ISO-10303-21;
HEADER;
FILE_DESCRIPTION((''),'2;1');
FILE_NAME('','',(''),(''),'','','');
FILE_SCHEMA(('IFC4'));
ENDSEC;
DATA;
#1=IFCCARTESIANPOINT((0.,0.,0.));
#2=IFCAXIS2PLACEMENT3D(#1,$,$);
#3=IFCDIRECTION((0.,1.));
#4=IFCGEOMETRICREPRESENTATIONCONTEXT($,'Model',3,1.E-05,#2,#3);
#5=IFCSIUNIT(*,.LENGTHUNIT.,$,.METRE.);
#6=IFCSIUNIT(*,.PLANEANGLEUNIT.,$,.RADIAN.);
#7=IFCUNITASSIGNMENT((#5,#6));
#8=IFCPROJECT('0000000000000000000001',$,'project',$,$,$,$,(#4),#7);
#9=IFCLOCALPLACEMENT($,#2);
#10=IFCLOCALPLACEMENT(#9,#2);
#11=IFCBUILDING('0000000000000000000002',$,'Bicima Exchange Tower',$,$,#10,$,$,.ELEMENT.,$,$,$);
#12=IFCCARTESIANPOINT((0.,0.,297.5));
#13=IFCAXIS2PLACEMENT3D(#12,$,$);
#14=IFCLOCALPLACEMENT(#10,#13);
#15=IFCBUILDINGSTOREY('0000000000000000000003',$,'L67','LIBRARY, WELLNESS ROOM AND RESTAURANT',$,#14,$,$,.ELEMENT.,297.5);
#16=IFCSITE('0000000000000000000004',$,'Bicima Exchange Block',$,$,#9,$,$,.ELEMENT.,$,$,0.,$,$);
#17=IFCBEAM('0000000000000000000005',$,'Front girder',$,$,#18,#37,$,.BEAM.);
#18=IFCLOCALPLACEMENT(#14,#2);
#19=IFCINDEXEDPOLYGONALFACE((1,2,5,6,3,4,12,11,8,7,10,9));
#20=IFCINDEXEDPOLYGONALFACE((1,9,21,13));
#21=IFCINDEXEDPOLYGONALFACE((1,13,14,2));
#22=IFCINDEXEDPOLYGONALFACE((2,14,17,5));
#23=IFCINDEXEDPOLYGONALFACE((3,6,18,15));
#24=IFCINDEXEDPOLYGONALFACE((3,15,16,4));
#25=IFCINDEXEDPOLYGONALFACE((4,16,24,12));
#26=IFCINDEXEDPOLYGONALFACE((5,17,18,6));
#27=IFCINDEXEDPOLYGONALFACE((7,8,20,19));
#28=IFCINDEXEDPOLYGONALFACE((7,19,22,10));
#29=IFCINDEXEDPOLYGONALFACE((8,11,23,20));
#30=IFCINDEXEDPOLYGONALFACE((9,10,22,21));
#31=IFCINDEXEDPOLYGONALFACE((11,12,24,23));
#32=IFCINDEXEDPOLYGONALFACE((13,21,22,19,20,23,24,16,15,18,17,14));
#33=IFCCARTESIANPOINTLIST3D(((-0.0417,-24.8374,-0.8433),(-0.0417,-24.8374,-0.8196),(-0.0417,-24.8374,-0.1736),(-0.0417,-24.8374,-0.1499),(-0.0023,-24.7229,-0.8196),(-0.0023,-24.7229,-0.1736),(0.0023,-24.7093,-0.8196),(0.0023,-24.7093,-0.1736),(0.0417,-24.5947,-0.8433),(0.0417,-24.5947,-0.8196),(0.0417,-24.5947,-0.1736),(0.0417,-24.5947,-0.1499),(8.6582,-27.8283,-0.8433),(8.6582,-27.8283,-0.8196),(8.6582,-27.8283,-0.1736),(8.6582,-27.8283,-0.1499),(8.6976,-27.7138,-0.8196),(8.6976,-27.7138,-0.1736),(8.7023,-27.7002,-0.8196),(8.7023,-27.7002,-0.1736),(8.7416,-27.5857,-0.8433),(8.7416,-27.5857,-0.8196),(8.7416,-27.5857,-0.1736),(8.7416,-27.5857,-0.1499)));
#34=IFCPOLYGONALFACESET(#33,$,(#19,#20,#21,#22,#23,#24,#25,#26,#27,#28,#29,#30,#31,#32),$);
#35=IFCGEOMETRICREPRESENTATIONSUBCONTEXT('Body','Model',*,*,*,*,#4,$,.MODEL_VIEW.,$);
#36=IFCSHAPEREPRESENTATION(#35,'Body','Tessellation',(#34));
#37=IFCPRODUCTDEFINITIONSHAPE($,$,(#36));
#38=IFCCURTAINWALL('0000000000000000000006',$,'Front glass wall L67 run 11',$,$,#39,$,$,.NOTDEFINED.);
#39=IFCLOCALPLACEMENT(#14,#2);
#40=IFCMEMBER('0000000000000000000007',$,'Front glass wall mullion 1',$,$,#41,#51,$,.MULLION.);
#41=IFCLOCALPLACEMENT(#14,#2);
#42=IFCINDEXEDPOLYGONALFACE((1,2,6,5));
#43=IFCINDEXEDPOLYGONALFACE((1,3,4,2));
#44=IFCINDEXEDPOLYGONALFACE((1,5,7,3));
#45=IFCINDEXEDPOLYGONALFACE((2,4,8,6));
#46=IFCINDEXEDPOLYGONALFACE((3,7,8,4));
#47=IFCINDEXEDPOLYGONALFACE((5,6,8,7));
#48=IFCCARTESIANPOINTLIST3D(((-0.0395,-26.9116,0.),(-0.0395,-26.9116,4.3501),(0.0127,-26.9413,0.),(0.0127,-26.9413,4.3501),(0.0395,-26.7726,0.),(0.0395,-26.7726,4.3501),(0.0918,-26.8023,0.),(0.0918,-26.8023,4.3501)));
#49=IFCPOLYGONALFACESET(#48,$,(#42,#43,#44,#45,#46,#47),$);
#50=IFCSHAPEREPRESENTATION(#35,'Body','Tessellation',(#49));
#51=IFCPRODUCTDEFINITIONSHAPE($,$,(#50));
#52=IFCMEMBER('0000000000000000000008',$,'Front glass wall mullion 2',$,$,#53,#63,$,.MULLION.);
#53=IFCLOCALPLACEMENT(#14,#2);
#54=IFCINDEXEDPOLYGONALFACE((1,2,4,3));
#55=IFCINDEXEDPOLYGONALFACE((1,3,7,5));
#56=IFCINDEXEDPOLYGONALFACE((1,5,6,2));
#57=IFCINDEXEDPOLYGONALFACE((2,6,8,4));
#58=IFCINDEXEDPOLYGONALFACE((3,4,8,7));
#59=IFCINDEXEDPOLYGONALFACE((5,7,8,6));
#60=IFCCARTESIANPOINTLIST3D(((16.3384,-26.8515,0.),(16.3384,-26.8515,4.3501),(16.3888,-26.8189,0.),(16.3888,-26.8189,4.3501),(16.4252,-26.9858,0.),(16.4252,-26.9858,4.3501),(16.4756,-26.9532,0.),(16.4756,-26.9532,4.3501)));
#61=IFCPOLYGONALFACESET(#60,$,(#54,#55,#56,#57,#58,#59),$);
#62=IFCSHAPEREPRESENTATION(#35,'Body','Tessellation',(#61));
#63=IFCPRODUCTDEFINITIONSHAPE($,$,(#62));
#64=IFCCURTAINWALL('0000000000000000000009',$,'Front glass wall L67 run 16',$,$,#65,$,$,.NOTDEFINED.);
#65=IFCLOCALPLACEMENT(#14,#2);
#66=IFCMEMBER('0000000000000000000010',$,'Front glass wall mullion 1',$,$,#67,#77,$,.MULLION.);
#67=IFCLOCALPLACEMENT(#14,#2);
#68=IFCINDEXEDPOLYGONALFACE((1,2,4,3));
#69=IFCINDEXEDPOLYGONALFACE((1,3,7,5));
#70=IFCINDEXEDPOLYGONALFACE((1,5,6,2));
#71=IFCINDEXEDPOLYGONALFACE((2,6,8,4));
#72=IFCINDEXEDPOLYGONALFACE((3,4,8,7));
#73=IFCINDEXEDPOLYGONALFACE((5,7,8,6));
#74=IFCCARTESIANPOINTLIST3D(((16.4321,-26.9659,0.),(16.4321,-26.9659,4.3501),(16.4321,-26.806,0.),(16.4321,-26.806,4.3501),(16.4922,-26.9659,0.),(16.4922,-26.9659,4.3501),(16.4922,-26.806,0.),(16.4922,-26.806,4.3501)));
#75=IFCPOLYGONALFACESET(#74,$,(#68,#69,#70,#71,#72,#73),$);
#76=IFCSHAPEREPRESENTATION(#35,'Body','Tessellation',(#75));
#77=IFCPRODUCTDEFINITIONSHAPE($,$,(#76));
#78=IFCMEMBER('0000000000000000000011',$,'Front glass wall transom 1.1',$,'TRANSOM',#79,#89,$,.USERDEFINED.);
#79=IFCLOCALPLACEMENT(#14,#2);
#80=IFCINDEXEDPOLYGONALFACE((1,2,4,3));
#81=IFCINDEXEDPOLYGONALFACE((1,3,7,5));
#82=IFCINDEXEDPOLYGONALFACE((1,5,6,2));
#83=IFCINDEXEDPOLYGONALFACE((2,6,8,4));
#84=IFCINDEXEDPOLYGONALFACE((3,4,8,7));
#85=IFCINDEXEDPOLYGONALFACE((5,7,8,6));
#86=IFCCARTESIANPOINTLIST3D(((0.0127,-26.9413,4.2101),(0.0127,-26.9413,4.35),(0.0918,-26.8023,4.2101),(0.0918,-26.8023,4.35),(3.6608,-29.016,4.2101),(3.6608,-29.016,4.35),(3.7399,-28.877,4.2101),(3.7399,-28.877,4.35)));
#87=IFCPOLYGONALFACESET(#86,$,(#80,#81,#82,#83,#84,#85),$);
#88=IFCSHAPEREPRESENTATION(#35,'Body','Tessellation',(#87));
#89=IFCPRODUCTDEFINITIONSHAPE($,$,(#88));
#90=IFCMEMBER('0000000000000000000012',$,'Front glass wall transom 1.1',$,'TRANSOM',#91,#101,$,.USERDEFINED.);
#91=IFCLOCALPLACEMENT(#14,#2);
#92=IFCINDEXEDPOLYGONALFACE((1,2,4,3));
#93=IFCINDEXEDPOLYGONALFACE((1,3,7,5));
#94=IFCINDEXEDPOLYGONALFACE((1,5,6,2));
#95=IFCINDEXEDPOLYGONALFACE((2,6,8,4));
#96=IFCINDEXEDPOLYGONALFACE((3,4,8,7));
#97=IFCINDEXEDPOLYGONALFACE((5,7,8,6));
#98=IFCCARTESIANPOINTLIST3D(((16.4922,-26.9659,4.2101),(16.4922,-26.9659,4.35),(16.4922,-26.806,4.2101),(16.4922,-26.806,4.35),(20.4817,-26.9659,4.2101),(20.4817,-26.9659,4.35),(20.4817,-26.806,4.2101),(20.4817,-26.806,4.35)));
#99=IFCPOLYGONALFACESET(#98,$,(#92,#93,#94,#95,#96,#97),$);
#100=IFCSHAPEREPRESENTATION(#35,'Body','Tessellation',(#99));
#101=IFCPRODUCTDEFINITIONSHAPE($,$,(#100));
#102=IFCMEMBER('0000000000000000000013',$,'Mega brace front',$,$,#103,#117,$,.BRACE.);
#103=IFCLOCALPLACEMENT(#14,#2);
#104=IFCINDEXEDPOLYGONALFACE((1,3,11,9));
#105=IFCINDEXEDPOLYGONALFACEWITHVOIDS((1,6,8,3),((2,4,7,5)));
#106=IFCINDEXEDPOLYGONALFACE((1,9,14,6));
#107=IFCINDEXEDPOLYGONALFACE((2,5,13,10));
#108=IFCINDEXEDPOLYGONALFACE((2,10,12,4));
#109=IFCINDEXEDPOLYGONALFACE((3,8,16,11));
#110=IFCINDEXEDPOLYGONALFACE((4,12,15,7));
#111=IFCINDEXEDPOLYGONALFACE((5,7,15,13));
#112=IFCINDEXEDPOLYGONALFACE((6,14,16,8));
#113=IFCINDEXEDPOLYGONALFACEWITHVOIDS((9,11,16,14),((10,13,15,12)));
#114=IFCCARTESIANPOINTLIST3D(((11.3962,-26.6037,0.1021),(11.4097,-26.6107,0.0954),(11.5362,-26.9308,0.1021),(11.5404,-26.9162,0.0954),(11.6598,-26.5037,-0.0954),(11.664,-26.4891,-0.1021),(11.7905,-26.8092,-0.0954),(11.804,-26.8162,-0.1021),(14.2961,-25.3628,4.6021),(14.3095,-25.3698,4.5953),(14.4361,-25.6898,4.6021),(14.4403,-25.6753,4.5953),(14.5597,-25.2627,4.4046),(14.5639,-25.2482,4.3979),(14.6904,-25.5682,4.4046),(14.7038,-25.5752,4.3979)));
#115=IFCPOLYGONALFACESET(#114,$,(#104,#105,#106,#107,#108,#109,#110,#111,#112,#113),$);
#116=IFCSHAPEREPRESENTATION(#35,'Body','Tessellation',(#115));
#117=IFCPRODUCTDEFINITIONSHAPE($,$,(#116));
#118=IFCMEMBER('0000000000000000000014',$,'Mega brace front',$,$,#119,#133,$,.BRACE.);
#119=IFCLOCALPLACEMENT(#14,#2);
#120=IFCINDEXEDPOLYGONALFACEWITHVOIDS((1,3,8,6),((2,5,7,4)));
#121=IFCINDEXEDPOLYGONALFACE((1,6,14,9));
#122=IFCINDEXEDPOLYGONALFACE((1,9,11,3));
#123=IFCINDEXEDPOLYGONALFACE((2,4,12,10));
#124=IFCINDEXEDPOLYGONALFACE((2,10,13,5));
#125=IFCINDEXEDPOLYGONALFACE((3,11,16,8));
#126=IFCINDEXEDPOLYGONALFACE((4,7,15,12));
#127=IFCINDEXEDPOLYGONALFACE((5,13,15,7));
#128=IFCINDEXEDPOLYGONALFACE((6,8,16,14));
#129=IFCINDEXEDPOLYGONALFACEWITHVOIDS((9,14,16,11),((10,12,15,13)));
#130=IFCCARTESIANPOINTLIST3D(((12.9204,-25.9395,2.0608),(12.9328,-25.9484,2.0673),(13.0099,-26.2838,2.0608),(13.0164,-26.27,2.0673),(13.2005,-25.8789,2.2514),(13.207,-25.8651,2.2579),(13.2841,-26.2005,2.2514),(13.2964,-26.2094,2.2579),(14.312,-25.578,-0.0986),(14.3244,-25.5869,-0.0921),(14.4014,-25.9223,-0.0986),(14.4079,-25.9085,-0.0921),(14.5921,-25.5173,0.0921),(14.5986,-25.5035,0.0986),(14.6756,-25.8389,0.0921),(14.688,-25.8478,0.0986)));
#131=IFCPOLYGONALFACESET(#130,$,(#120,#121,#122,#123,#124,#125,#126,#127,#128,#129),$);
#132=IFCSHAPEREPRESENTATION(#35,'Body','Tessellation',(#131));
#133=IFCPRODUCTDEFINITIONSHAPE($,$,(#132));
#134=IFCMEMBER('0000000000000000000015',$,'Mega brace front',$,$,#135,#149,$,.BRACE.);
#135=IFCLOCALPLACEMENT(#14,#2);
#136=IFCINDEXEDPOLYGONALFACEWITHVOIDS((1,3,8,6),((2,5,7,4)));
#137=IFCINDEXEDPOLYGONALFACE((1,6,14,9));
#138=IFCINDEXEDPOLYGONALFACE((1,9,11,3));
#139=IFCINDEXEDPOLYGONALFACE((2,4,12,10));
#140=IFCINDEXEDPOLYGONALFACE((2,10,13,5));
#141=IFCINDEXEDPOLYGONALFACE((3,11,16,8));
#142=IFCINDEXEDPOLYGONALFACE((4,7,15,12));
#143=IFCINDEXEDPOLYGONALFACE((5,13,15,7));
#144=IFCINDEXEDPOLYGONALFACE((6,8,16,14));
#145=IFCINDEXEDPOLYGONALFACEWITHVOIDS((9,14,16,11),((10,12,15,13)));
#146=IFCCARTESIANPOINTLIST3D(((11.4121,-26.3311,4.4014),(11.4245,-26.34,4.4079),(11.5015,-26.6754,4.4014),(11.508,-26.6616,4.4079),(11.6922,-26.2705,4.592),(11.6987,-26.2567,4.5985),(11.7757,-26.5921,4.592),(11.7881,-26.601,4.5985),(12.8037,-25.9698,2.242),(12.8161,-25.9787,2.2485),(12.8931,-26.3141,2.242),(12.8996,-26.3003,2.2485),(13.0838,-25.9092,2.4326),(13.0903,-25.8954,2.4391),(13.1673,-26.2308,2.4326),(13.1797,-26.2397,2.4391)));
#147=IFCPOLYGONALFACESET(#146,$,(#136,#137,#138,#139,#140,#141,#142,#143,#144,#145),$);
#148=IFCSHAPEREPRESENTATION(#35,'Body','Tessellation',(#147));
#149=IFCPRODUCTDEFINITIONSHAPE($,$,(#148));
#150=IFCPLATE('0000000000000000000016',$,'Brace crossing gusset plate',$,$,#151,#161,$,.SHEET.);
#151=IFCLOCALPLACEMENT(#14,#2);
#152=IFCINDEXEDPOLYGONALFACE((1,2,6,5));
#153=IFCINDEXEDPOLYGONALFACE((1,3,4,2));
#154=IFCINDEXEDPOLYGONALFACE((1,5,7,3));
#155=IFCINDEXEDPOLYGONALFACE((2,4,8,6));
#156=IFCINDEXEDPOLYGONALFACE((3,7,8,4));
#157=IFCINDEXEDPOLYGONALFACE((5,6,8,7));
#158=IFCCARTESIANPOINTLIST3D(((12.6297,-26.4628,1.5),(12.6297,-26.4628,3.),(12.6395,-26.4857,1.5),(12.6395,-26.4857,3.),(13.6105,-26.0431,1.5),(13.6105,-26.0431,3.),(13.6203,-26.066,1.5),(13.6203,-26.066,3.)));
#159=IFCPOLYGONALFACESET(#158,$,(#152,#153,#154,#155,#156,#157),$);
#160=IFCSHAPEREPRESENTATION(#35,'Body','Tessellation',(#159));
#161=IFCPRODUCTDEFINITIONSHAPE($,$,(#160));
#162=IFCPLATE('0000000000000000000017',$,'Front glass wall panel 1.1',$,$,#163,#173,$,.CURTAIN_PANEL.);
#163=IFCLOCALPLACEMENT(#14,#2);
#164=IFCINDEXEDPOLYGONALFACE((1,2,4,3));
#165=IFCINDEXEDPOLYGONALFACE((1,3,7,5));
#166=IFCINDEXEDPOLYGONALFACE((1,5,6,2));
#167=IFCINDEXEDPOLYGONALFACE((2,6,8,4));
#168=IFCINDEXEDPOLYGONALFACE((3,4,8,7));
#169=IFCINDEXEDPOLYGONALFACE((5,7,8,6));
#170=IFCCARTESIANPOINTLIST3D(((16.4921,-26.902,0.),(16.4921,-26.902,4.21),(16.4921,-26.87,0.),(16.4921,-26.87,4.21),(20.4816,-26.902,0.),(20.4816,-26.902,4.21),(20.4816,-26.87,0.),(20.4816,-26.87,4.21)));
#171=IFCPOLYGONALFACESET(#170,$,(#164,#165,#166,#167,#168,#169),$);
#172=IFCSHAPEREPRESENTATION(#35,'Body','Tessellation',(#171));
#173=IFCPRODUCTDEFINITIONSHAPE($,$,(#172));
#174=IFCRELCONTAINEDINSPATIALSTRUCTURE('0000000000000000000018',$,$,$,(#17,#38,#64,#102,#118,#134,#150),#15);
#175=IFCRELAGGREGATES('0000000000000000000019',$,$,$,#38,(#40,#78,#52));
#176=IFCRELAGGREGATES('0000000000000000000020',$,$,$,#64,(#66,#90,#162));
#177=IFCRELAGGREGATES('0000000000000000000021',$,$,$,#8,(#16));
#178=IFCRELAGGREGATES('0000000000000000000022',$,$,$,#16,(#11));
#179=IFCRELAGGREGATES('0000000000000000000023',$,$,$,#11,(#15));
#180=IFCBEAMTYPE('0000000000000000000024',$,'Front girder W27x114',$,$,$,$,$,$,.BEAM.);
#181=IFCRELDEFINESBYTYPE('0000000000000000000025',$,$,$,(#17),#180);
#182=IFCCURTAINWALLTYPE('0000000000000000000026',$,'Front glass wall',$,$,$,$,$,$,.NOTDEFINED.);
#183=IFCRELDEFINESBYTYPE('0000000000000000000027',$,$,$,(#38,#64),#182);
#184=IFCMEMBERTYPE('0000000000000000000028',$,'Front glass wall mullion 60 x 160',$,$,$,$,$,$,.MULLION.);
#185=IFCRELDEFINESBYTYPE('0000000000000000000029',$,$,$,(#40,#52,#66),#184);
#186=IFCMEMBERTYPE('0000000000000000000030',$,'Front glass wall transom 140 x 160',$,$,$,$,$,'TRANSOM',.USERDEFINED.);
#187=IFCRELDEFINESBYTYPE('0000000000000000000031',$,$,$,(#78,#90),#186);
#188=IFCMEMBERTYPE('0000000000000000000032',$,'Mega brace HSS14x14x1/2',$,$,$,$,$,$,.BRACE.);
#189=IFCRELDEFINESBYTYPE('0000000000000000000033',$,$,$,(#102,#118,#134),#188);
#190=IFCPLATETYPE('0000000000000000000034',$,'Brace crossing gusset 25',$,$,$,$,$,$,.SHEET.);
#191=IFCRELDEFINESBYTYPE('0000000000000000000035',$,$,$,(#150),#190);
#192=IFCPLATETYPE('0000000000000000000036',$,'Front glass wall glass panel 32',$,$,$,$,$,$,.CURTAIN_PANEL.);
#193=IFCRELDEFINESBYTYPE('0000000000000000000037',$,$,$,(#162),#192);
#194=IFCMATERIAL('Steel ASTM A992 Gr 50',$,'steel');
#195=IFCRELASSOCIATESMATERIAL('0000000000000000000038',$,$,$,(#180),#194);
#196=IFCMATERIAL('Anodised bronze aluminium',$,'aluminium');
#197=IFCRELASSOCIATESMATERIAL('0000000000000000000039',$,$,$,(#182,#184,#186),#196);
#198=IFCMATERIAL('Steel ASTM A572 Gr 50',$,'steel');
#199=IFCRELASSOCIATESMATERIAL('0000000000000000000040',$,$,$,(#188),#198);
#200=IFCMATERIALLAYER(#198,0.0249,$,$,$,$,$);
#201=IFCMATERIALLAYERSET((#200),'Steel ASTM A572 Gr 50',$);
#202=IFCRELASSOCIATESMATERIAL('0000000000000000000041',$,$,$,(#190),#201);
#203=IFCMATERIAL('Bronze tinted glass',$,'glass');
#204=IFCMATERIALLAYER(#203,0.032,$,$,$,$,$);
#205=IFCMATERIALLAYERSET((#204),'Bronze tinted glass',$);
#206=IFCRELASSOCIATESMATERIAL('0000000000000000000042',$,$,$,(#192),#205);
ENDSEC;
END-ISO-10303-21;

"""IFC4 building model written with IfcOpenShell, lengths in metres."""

from ifc_helpers import new_model, si_unit, direction, frame, origin, origin_2d, place, context, subcontext, project, spatial, rectangle, hollow_rectangle, i_section, extrude, material, layer, layer_set, material_profile, profile_set, type_object, element, aggregate, save


model = new_model("IFC4")

# Units and contexts
model_context = context("Model", 3, precision=1e-05, world=origin(), true_north=direction((0.0, 1.0)))
body_context = subcontext(model_context, "Body", "Model", "MODEL_VIEW")
ifc_project = project(units=[si_unit("LENGTHUNIT", "METRE"), si_unit("PLANEANGLEUNIT", "RADIAN")], contexts=[model_context])

# Site, building, storey
site_placement = place(None, origin())
site = spatial("IfcSite", under=ifc_project, at=site_placement, Name="Bicima Exchange Block", CompositionType="ELEMENT", RefElevation=0.0)
building_placement = place(site_placement, origin())
building = spatial("IfcBuilding", under=site, at=building_placement, Name="Bicima Exchange Tower", CompositionType="ELEMENT")
storey_placement = place(building_placement, frame((0.0, 0.0, 297.5)))
storey = spatial("IfcBuildingStorey", under=building, at=storey_placement, Name="L67", Description="LIBRARY, WELLNESS ROOM AND RESTAURANT", CompositionType="ELEMENT", Elevation=297.5)

# Shared definitions
ifc_material_1 = material(Name="Steel ASTM A992 Gr 50", Category="steel")

# Beam
ifc_material_profile_1 = material_profile(ifc_material_1, i_section(OverallWidth=0.2566, OverallDepth=0.6934, WebThickness=0.0144, FlangeThickness=0.0237, at=origin_2d()))
ifc_profile_set_1 = profile_set([ifc_material_profile_1], Name="Steel ASTM A992 Gr 50")
beam_type_1 = type_object("IfcBeamType", Name="Front girder W27x114", PredefinedType="BEAM", material=ifc_profile_set_1)
beam_1_placement = place(storey_placement, frame((0.0, -24.7161, -0.4966), z_axis=(0.945675, -0.325115, 0.0), x_axis=(0.325115, 0.945675, 0.0)))
element("IfcBeam", 1, at=beam_1_placement, inside=storey, type_object=beam_type_1, Name="Front girder", PredefinedType="BEAM", context=body_context, shape_type="SweptSolid", body=[
    extrude(i_section(OverallWidth=0.2566, OverallDepth=0.6934, WebThickness=0.0144, FlangeThickness=0.0237, at=origin_2d()), origin(), (0.0, 0.0, 1.0), 9.1997),
])

# Curtain wall, members
ifc_material_2 = material(Name="Anodised bronze aluminium", Category="aluminium")
curtain_wall_type = type_object("IfcCurtainWallType", Name="Front glass wall", PredefinedType="NOTDEFINED", material=ifc_material_2)
curtain_wall_1_placement = place(storey_placement, origin())
curtain_wall_1 = element("IfcCurtainWall", 2, at=curtain_wall_1_placement, inside=storey, type_object=curtain_wall_type, Name="Front glass wall L67 run 11", PredefinedType="NOTDEFINED")
ifc_material_profile_2 = material_profile(ifc_material_2, rectangle(XDim=0.1599, YDim=0.0601, at=origin_2d()))
ifc_profile_set_2 = profile_set([ifc_material_profile_2], Name="Anodised bronze aluminium")
member_type_1 = type_object("IfcMemberType", Name="Front glass wall mullion 60 x 160", PredefinedType="MULLION", material=ifc_profile_set_2)
member_1_placement = place(storey_placement, frame((0.0261, -26.8569, 0.0), z_axis=(0.0, 0.0, 1.0), x_axis=(0.49433, 0.869274, 0.0)))
member_1 = element("IfcMember", 3, at=member_1_placement, type_object=member_type_1, Name="Front glass wall mullion 1", PredefinedType="MULLION", context=body_context, shape_type="SweptSolid", body=[
    extrude(rectangle(XDim=0.1599, YDim=0.0601, at=origin_2d()), origin(), (0.0, 0.0, 1.0), 4.3501),
])
member_2_placement = place(storey_placement, frame((16.407, -26.9023, 0.0), z_axis=(0.0, 0.0, 1.0), x_axis=(-0.542909, 0.839791, 0.0)))
member_2 = element("IfcMember", 4, at=member_2_placement, type_object=member_type_1, Name="Front glass wall mullion 2", PredefinedType="MULLION", context=body_context, shape_type="SweptSolid", body=[
    extrude(rectangle(XDim=0.1599, YDim=0.0601, at=origin_2d()), origin(), (0.0, 0.0, 1.0), 4.3501),
])

# Curtain wall, member
curtain_wall_2_placement = place(storey_placement, origin())
curtain_wall_2 = element("IfcCurtainWall", 5, at=curtain_wall_2_placement, inside=storey, type_object=curtain_wall_type, Name="Front glass wall L67 run 16", PredefinedType="NOTDEFINED")
member_3_placement = place(storey_placement, frame((16.4622, -26.886, 0.0), z_axis=(0.0, 0.0, 1.0), x_axis=(0.0, 1.0, 0.0)))
member_3 = element("IfcMember", 6, at=member_3_placement, type_object=member_type_1, Name="Front glass wall mullion 1", PredefinedType="MULLION", context=body_context, shape_type="SweptSolid", body=[
    extrude(rectangle(XDim=0.1599, YDim=0.0601, at=origin_2d()), origin(), (0.0, 0.0, 1.0), 4.3501),
])

# Members
ifc_material_profile_3 = material_profile(ifc_material_2, rectangle(XDim=0.1599, YDim=0.1399, at=origin_2d()))
ifc_profile_set_3 = profile_set([ifc_material_profile_3], Name="Anodised bronze aluminium")
member_type_2 = type_object("IfcMemberType", Name="Front glass wall transom 140 x 160", ElementType="TRANSOM", PredefinedType="USERDEFINED", material=ifc_profile_set_3)
member_4_placement = place(storey_placement, frame((0.0522, -26.8718, 4.28), z_axis=(0.869265, -0.494346, 0.0), x_axis=(0.494346, 0.869265, 0.0)))
member_4 = element("IfcMember", 7, at=member_4_placement, type_object=member_type_2, Name="Front glass wall transom 1.1", ObjectType="TRANSOM", PredefinedType="USERDEFINED", context=body_context, shape_type="SweptSolid", body=[
    extrude(rectangle(XDim=0.1599, YDim=0.1399, at=origin_2d()), origin(), (0.0, 0.0, 1.0), 4.1968),
])
aggregate(curtain_wall_1, [member_1, member_4, member_2])
member_5_placement = place(storey_placement, frame((16.4922, -26.886, 4.28), z_axis=(1.0, 0.0, 0.0), x_axis=(0.0, 1.0, 0.0)))
member_5 = element("IfcMember", 8, at=member_5_placement, type_object=member_type_2, Name="Front glass wall transom 1.1", ObjectType="TRANSOM", PredefinedType="USERDEFINED", context=body_context, shape_type="SweptSolid", body=[
    extrude(rectangle(XDim=0.1599, YDim=0.1399, at=origin_2d()), origin(), (0.0, 0.0, 1.0), 3.9895),
])

# Members
ifc_material_3 = material(Name="Steel ASTM A572 Gr 50", Category="steel")
ifc_material_profile_4 = material_profile(ifc_material_3, hollow_rectangle(XDim=0.3557, YDim=0.3557, WallThickness=0.0117, at=origin_2d()))
ifc_profile_set_4 = profile_set([ifc_material_profile_4], Name="Steel ASTM A572 Gr 50")
member_type_3 = type_object("IfcMemberType", Name="Mega brace HSS14x14x1/2", PredefinedType="BRACE", material=ifc_profile_set_4)
member_6_placement = place(storey_placement, frame((11.6001, -26.71, 0.0), z_axis=(0.527696, 0.225819, 0.818867), x_axis=(-0.393424, 0.919357, 0.0)))
element("IfcMember", 9, at=member_6_placement, inside=storey, type_object=member_type_3, Name="Mega brace front", PredefinedType="BRACE", context=body_context, shape_type="SweptSolid", body=[
    extrude(hollow_rectangle(XDim=0.3557, YDim=0.3557, WallThickness=0.0117, at=origin_2d()), origin(), (0.0, 0.0, 1.0), 5.4954),
])
for number, where, z_axis, x_axis, name in (
    (10, (14.5, -25.7129, 0.0), (-0.536407, -0.139372, 0.832372), (0.251475, -0.967864, 0.0), "Mega brace front"),
    (11, (12.9917, -26.1047, 2.3406), (-0.536414, -0.139279, 0.832383), (0.251316, -0.967905, 0.0), "Mega brace front"),
):
    element("IfcMember", number, at=place(storey_placement, frame(where, z_axis=z_axis, x_axis=x_axis)), inside=storey, type_object=member_type_3, Name=name, PredefinedType="BRACE", context=body_context, shape_type="SweptSolid", body=[
        extrude(hollow_rectangle(XDim=0.3557, YDim=0.3557, WallThickness=0.0117, at=origin_2d()), origin(), (0.0, 0.0, 1.0), 2.5942),
    ])

# Plates
ifc_layer_1 = layer(ifc_material_3, 0.0249)
ifc_layer_set_1 = layer_set([ifc_layer_1], Name="Steel ASTM A572 Gr 50")
plate_type_1 = type_object("IfcPlateType", Name="Brace crossing gusset 25", PredefinedType="SHEET", material=ifc_layer_set_1)
plate_1_placement = place(storey_placement, frame((13.125, -26.2644, 1.5), z_axis=(0.0, 0.0, 1.0), x_axis=(0.919355, 0.393429, 0.0)))
element("IfcPlate", 12, at=plate_1_placement, inside=storey, type_object=plate_type_1, Name="Brace crossing gusset plate", PredefinedType="SHEET", context=body_context, shape_type="SweptSolid", body=[
    extrude(rectangle(XDim=1.0669, YDim=0.0249, at=origin_2d()), origin(), (0.0, 0.0, 1.0), 1.5),
])
ifc_material_4 = material(Name="Bronze tinted glass", Category="glass")
ifc_layer_2 = layer(ifc_material_4, 0.032)
ifc_layer_set_2 = layer_set([ifc_layer_2], Name="Bronze tinted glass")
plate_type_2 = type_object("IfcPlateType", Name="Front glass wall glass panel 32", PredefinedType="CURTAIN_PANEL", material=ifc_layer_set_2)
plate_2_placement = place(storey_placement, frame((18.4868, -26.886, 0.0), z_axis=(0.0, 0.0, 1.0), x_axis=(1.0, 0.0, 0.0)))
plate_2 = element("IfcPlate", 13, at=plate_2_placement, type_object=plate_type_2, Name="Front glass wall panel 1.1", PredefinedType="CURTAIN_PANEL", context=body_context, shape_type="SweptSolid", body=[
    extrude(rectangle(XDim=3.9895, YDim=0.032, at=origin_2d()), origin(), (0.0, 0.0, 1.0), 4.21),
])
aggregate(curtain_wall_2, [member_3, member_5, plate_2])

save(model, "model.ifc")
